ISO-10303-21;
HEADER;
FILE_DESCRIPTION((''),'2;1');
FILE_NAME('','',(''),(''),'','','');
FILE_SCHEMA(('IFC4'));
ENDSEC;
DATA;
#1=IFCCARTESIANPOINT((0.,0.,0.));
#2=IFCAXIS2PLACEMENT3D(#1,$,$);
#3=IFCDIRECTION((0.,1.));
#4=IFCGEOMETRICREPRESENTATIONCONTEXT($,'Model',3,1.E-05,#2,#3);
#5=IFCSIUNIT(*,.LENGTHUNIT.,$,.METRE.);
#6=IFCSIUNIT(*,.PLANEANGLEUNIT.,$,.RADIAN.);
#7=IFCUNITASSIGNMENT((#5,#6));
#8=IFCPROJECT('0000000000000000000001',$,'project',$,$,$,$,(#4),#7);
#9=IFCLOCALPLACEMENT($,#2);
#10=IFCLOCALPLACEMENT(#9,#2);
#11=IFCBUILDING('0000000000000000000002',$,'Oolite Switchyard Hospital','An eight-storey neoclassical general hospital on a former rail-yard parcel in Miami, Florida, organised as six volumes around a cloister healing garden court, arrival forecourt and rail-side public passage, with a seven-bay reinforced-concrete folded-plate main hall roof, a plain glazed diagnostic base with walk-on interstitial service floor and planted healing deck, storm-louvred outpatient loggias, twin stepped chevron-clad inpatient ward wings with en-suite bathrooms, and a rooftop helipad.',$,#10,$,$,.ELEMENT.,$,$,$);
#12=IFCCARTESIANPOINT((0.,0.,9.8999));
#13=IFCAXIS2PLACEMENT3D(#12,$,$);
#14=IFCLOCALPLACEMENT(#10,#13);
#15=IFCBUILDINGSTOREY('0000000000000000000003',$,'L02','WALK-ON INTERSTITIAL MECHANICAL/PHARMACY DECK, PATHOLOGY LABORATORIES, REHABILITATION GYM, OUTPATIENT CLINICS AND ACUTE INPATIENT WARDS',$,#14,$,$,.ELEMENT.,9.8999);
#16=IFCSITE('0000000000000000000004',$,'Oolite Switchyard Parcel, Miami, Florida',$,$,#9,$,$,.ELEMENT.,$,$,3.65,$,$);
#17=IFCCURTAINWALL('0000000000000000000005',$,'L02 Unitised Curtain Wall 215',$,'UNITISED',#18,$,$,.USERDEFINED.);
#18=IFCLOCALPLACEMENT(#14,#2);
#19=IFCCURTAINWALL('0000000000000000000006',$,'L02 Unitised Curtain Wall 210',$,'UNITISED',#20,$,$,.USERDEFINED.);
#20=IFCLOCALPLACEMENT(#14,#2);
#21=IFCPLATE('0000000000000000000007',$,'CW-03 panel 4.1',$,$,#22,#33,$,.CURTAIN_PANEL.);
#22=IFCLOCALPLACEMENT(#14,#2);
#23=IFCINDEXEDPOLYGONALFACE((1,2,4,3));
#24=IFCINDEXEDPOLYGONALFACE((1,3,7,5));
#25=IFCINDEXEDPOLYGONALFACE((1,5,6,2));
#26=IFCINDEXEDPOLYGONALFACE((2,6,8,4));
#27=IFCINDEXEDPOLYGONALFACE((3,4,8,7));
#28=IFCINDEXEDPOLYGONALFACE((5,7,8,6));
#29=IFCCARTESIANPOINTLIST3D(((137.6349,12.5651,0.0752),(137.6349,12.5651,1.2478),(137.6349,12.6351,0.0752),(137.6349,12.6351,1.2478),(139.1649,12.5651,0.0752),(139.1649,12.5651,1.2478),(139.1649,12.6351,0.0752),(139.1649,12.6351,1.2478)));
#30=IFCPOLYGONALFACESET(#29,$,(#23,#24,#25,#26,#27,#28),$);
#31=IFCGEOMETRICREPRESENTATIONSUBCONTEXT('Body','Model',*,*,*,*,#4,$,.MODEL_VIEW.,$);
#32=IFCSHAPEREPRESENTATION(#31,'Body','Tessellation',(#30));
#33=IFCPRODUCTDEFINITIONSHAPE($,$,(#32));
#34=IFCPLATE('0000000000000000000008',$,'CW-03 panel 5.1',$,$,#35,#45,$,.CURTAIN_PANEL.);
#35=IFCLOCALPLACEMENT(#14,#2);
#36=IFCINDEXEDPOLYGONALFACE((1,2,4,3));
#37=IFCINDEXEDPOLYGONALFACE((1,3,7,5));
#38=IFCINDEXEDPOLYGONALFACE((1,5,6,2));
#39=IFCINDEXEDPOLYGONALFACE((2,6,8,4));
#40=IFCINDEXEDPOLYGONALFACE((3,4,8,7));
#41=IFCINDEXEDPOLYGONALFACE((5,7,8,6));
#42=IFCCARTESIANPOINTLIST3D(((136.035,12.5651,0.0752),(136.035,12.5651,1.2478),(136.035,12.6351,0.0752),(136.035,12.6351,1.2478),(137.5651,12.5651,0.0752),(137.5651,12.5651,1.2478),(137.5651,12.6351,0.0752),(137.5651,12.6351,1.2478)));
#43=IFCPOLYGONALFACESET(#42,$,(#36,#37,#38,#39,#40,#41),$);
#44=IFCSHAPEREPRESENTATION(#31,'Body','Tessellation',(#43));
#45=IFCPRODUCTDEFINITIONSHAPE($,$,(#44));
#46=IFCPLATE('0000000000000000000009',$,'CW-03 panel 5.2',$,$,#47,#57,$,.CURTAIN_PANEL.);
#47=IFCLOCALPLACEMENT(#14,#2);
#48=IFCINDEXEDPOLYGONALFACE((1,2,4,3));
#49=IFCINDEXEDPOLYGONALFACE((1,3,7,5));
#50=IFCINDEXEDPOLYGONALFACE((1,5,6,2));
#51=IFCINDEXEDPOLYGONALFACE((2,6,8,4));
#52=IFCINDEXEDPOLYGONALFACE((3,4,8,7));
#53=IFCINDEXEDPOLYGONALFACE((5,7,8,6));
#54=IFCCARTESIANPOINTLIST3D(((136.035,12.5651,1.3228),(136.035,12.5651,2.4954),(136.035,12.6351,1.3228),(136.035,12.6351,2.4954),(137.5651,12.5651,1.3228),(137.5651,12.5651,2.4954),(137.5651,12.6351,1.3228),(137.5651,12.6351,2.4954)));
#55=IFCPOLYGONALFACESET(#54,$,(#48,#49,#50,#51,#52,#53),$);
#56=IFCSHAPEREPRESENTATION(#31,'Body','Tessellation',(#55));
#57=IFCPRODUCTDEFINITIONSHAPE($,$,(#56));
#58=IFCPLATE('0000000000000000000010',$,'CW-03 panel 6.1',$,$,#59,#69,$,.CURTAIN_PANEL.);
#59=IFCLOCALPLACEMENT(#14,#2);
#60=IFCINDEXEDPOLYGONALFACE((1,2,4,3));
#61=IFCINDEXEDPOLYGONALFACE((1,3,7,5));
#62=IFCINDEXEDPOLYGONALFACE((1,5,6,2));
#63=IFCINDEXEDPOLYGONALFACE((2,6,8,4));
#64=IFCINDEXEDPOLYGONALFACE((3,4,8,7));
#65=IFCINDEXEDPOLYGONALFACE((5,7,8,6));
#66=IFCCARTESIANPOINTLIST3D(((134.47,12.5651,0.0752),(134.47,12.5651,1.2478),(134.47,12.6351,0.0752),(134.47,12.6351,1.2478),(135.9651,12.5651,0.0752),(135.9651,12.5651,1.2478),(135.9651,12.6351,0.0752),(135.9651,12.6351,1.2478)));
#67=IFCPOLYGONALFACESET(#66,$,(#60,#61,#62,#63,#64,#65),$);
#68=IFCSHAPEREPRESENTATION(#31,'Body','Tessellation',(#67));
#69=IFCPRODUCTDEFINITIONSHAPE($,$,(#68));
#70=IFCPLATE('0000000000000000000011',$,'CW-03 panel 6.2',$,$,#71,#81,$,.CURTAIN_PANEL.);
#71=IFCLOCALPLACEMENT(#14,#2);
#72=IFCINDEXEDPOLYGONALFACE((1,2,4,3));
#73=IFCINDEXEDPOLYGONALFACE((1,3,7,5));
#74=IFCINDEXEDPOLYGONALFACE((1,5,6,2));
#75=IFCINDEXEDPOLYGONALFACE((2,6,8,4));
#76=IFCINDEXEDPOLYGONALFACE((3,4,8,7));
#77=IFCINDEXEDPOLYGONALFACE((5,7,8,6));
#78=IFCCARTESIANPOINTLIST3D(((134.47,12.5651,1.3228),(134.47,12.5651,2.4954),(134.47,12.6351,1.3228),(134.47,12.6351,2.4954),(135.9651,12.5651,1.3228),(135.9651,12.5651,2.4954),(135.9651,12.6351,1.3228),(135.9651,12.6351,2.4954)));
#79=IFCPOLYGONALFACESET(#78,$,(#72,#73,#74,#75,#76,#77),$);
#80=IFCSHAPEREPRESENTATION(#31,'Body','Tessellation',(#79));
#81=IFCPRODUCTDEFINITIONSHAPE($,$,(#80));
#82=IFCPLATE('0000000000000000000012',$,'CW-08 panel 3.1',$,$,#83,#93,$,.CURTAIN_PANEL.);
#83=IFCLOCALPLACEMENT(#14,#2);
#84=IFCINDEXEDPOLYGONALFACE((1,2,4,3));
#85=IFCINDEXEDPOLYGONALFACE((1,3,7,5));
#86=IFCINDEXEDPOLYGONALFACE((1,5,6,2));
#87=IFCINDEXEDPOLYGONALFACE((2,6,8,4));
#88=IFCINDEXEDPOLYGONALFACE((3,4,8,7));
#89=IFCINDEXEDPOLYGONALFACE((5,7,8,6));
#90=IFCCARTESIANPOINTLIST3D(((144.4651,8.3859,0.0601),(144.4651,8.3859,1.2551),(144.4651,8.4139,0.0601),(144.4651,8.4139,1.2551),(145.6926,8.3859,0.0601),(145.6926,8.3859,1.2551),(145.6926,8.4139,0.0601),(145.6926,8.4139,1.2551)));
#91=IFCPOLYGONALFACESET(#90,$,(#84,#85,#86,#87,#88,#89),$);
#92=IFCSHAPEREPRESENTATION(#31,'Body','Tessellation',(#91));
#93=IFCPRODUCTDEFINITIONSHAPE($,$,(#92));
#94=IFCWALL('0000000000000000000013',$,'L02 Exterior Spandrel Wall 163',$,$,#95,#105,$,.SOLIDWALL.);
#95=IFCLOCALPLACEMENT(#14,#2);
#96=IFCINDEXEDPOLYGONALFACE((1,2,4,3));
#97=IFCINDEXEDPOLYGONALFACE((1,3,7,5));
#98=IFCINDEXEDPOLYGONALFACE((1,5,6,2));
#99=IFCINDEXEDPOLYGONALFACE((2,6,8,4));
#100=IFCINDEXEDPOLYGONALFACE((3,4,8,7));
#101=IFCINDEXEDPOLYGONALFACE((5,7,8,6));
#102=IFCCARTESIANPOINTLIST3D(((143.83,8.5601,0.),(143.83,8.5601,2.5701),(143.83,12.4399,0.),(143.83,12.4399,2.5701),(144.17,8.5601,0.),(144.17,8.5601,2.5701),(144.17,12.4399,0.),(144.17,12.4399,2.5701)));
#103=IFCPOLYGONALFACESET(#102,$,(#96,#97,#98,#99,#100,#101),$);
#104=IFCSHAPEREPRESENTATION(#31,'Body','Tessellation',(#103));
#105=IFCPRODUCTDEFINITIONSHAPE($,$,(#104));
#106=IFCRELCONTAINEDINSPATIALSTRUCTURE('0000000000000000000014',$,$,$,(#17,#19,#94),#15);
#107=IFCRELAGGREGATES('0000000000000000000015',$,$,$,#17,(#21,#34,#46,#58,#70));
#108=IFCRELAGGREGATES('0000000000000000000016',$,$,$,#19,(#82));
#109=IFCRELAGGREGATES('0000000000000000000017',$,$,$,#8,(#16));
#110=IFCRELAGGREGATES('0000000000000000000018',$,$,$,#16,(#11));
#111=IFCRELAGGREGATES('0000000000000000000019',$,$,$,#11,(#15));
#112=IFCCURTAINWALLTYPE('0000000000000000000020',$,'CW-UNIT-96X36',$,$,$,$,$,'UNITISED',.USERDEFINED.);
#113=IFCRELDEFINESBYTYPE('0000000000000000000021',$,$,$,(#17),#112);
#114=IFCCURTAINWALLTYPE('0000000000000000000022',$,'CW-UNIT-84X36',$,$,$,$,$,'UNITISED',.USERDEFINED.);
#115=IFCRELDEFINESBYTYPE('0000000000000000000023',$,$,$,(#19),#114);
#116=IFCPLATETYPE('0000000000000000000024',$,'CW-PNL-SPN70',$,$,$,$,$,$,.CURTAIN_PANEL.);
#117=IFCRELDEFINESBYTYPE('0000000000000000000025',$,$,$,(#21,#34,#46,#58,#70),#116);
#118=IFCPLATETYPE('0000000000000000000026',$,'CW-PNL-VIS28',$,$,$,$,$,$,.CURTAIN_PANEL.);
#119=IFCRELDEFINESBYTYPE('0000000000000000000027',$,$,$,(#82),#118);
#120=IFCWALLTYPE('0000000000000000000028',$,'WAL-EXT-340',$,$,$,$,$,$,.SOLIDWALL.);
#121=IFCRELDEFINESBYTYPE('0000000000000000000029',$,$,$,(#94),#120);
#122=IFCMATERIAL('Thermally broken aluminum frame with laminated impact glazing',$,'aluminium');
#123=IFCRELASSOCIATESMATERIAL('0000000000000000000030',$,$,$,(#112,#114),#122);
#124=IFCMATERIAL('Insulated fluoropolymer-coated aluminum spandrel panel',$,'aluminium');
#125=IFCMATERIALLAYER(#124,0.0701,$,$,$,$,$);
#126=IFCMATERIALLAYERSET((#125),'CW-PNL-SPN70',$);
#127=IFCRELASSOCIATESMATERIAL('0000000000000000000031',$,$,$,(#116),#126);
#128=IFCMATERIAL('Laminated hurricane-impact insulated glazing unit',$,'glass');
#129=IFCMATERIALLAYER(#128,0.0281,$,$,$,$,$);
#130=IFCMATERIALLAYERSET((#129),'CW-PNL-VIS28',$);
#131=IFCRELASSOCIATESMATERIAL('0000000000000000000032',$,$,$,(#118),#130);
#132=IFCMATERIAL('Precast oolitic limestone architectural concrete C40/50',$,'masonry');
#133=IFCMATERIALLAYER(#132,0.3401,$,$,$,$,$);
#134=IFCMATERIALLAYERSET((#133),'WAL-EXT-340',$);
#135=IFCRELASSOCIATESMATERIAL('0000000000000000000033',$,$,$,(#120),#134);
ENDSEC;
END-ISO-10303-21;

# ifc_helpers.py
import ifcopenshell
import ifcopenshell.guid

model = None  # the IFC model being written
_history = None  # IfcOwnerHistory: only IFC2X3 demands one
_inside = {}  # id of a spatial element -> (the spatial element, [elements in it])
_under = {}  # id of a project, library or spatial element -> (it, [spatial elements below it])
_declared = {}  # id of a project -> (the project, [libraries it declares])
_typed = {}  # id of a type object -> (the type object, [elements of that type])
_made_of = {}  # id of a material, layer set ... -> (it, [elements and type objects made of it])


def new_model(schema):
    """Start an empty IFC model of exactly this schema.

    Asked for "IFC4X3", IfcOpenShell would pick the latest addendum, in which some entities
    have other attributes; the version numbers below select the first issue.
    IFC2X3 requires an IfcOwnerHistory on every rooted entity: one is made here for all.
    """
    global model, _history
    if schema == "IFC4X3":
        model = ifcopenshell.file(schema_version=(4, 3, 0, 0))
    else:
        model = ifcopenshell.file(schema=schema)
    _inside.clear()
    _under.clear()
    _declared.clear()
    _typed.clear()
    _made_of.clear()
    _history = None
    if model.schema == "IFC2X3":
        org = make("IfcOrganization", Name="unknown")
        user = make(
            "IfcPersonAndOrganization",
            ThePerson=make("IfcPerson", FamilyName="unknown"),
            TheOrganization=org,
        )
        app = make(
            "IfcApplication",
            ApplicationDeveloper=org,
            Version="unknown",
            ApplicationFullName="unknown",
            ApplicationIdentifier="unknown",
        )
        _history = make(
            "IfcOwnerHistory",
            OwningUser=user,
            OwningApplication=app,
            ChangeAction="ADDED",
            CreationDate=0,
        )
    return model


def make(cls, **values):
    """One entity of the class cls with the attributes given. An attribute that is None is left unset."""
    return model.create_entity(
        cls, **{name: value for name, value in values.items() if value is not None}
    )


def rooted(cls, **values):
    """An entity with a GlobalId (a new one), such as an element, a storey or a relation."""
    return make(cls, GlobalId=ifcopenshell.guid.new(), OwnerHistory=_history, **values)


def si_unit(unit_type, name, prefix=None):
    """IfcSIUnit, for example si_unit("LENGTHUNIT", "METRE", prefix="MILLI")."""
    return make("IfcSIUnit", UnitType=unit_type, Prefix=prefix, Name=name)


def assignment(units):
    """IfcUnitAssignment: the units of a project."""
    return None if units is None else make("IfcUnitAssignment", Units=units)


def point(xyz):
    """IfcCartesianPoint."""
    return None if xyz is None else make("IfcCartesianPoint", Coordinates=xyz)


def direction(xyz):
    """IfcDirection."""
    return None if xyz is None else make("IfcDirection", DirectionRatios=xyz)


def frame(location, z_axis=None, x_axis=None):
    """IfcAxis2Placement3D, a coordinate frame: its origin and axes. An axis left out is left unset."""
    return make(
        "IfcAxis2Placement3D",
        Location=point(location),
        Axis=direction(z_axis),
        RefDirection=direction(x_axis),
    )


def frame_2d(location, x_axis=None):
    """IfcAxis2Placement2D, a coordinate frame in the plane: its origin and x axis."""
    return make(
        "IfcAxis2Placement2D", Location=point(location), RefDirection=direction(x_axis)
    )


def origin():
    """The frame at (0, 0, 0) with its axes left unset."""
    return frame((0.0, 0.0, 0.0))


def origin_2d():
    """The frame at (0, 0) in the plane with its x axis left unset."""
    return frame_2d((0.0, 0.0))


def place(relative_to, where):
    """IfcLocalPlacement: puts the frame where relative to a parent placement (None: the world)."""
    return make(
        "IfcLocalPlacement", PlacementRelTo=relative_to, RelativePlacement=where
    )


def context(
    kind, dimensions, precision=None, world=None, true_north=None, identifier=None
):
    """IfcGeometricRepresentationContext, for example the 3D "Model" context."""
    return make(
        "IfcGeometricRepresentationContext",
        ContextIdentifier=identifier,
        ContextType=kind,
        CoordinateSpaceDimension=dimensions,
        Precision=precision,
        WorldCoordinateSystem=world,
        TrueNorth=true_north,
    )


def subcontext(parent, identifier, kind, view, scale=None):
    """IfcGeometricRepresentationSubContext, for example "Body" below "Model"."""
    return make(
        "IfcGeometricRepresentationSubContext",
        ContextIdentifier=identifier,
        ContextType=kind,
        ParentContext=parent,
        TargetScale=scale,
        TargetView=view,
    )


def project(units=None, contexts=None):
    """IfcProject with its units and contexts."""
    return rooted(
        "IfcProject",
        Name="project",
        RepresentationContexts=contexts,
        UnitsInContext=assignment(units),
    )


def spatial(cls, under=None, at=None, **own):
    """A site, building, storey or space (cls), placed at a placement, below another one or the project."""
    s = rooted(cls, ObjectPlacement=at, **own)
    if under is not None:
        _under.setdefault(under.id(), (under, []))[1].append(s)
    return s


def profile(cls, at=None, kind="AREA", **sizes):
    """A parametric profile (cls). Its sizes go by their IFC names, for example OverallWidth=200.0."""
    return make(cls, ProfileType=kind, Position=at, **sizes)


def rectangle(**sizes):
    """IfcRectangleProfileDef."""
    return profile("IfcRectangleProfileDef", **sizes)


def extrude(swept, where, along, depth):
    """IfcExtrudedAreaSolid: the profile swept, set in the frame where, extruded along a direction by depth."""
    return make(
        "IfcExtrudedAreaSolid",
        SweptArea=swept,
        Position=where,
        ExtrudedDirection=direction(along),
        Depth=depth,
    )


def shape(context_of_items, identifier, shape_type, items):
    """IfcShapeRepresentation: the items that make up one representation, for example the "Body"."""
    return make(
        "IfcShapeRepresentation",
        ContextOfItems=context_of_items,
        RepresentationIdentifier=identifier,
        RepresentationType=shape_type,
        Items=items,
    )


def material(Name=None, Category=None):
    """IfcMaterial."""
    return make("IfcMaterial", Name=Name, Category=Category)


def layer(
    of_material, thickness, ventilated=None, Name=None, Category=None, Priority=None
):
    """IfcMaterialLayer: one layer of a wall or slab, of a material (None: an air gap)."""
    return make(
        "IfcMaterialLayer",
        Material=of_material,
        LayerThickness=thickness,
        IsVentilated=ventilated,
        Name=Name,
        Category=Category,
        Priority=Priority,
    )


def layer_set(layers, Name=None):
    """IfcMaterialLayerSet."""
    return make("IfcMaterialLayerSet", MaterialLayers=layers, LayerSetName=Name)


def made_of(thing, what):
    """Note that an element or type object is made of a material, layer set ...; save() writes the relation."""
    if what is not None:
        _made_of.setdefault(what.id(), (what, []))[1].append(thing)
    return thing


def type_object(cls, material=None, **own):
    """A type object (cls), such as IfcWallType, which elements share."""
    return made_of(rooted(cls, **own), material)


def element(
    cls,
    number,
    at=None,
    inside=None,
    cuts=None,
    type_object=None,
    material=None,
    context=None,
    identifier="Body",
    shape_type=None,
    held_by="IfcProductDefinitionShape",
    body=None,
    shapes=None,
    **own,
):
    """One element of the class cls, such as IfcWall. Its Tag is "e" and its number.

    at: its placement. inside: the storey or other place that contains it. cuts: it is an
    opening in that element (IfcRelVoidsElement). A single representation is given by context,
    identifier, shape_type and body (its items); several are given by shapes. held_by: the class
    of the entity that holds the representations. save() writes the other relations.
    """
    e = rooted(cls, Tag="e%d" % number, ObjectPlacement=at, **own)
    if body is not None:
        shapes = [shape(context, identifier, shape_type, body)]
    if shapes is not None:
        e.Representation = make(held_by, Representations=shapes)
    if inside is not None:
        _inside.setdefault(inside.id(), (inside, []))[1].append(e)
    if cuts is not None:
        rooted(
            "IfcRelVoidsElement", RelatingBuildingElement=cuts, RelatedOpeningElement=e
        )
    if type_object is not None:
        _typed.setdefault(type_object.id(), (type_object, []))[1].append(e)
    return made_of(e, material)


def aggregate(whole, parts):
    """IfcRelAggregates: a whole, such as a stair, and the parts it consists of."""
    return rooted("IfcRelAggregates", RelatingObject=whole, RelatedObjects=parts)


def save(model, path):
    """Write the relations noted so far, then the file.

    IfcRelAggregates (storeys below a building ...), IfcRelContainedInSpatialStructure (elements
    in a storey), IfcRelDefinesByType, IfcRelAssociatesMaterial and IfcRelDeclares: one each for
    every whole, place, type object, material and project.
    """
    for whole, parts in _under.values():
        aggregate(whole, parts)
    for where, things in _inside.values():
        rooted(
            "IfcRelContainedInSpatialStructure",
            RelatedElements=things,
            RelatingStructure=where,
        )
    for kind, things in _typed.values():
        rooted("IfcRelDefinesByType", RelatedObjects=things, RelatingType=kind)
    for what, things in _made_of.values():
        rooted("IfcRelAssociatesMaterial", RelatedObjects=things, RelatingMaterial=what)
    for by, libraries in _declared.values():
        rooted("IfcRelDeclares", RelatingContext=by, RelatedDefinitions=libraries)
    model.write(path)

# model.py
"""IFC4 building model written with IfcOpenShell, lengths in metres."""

from ifc_helpers import new_model, si_unit, direction, frame, frame_2d, origin, origin_2d, place, context, subcontext, project, spatial, rectangle, extrude, material, layer, layer_set, type_object, element, aggregate, save


model = new_model("IFC4")

# Units and contexts
model_context = context("Model", 3, precision=1e-05, world=origin(), true_north=direction((0.0, 1.0)))
body_context = subcontext(model_context, "Body", "Model", "MODEL_VIEW")
ifc_project = project(units=[si_unit("LENGTHUNIT", "METRE"), si_unit("PLANEANGLEUNIT", "RADIAN")], contexts=[model_context])

# Site, building, storey
site_placement = place(None, origin())
site = spatial("IfcSite", under=ifc_project, at=site_placement, Name="Oolite Switchyard Parcel, Miami, Florida", CompositionType="ELEMENT", RefElevation=3.65)
building_placement = place(site_placement, origin())
building = spatial("IfcBuilding", under=site, at=building_placement, Name="Oolite Switchyard Hospital", Description="An eight-storey neoclassical general hospital on a former rail-yard parcel in Miami, Florida, organised as six volumes around a cloister healing garden court, arrival forecourt and rail-side public passage, with a seven-bay reinforced-concrete folded-plate main hall roof, a plain glazed diagnostic base with walk-on interstitial service floor and planted healing deck, storm-louvred outpatient loggias, twin stepped chevron-clad inpatient ward wings with en-suite bathrooms, and a rooftop helipad.", CompositionType="ELEMENT")
storey_placement = place(building_placement, frame((0.0, 0.0, 9.8999)))
storey = spatial("IfcBuildingStorey", under=building, at=storey_placement, Name="L02", Description="WALK-ON INTERSTITIAL MECHANICAL/PHARMACY DECK, PATHOLOGY LABORATORIES, REHABILITATION GYM, OUTPATIENT CLINICS AND ACUTE INPATIENT WARDS", CompositionType="ELEMENT", Elevation=9.8999)

# Curtain wall
ifc_material_1 = material(Name="Thermally broken aluminum frame with laminated impact glazing", Category="aluminium")
curtain_wall_type_1 = type_object("IfcCurtainWallType", Name="CW-UNIT-96X36", ElementType="UNITISED", PredefinedType="USERDEFINED", material=ifc_material_1)
curtain_wall_1_placement = place(storey_placement, origin())
curtain_wall_1 = element("IfcCurtainWall", 1, at=curtain_wall_1_placement, inside=storey, type_object=curtain_wall_type_1, Name="L02 Unitised Curtain Wall 215", ObjectType="UNITISED", PredefinedType="USERDEFINED")

# Curtain wall
curtain_wall_type_2 = type_object("IfcCurtainWallType", Name="CW-UNIT-84X36", ElementType="UNITISED", PredefinedType="USERDEFINED", material=ifc_material_1)
curtain_wall_2_placement = place(storey_placement, origin())
curtain_wall_2 = element("IfcCurtainWall", 2, at=curtain_wall_2_placement, inside=storey, type_object=curtain_wall_type_2, Name="L02 Unitised Curtain Wall 210", ObjectType="UNITISED", PredefinedType="USERDEFINED")

# Plates
ifc_material_2 = material(Name="Insulated fluoropolymer-coated aluminum spandrel panel", Category="aluminium")
ifc_layer_1 = layer(ifc_material_2, 0.0701)
ifc_layer_set_1 = layer_set([ifc_layer_1], Name="CW-PNL-SPN70")
plate_type_1 = type_object("IfcPlateType", Name="CW-PNL-SPN70", PredefinedType="CURTAIN_PANEL", material=ifc_layer_set_1)
plate_1_placement = place(storey_placement, frame((138.3999, 12.6001, 0.0752), z_axis=(0.0, 0.0, 1.0), x_axis=(-1.0, 0.0, 0.0)))
plate_1 = element("IfcPlate", 3, at=plate_1_placement, type_object=plate_type_1, Name="CW-03 panel 4.1", PredefinedType="CURTAIN_PANEL", context=body_context, shape_type="SweptSolid", body=[
    extrude(rectangle(XDim=1.53, YDim=0.0701, at=origin_2d()), origin(), (0.0, 0.0, 1.0), 1.1726),
])
plate_2_placement = place(storey_placement, frame((136.8, 12.6001, 0.0752), z_axis=(0.0, 0.0, 1.0), x_axis=(-1.0, 0.0, 0.0)))
plate_2 = element("IfcPlate", 4, at=plate_2_placement, type_object=plate_type_1, Name="CW-03 panel 5.1", PredefinedType="CURTAIN_PANEL", context=body_context, shape_type="SweptSolid", body=[
    extrude(rectangle(XDim=1.53, YDim=0.0701, at=origin_2d()), origin(), (0.0, 0.0, 1.0), 1.1726),
])
plate_3_placement = place(storey_placement, frame((136.8, 12.6001, 1.3228), z_axis=(0.0, 0.0, 1.0), x_axis=(-1.0, 0.0, 0.0)))
plate_3 = element("IfcPlate", 5, at=plate_3_placement, type_object=plate_type_1, Name="CW-03 panel 5.2", PredefinedType="CURTAIN_PANEL", context=body_context, shape_type="SweptSolid", body=[
    extrude(rectangle(XDim=1.53, YDim=0.0701, at=origin_2d()), origin(), (0.0, 0.0, 1.0), 1.1726),
])
plate_4_placement = place(storey_placement, frame((135.2175, 12.6001, 0.0752), z_axis=(0.0, 0.0, 1.0), x_axis=(-1.0, 0.0, 0.0)))
plate_4 = element("IfcPlate", 6, at=plate_4_placement, type_object=plate_type_1, Name="CW-03 panel 6.1", PredefinedType="CURTAIN_PANEL", context=body_context, shape_type="SweptSolid", body=[
    extrude(rectangle(XDim=1.4951, YDim=0.0701, at=origin_2d()), origin(), (0.0, 0.0, 1.0), 1.1726),
])
plate_5_placement = place(storey_placement, frame((135.2175, 12.6001, 1.3228), z_axis=(0.0, 0.0, 1.0), x_axis=(-1.0, 0.0, 0.0)))
plate_5 = element("IfcPlate", 7, at=plate_5_placement, type_object=plate_type_1, Name="CW-03 panel 6.2", PredefinedType="CURTAIN_PANEL", context=body_context, shape_type="SweptSolid", body=[
    extrude(rectangle(XDim=1.4951, YDim=0.0701, at=origin_2d()), origin(), (0.0, 0.0, 1.0), 1.1726),
])
aggregate(curtain_wall_1, [plate_1, plate_2, plate_3, plate_4, plate_5])
ifc_material_3 = material(Name="Laminated hurricane-impact insulated glazing unit", Category="glass")
ifc_layer_2 = layer(ifc_material_3, 0.0281)
ifc_layer_set_2 = layer_set([ifc_layer_2], Name="CW-PNL-VIS28")
plate_type_2 = type_object("IfcPlateType", Name="CW-PNL-VIS28", PredefinedType="CURTAIN_PANEL", material=ifc_layer_set_2)
plate_6_placement = place(storey_placement, frame((145.0789, 8.3999, 0.0601), z_axis=(0.0, 0.0, 1.0), x_axis=(-1.0, 0.0, 0.0)))
plate_6 = element("IfcPlate", 8, at=plate_6_placement, type_object=plate_type_2, Name="CW-08 panel 3.1", PredefinedType="CURTAIN_PANEL", context=body_context, shape_type="SweptSolid", body=[
    extrude(rectangle(XDim=1.2275, YDim=0.0281, at=origin_2d()), origin(), (0.0, 0.0, 1.0), 1.1951),
])
aggregate(curtain_wall_2, [plate_6])

# Wall
ifc_material_4 = material(Name="Precast oolitic limestone architectural concrete C40/50", Category="masonry")
ifc_layer_3 = layer(ifc_material_4, 0.3401)
ifc_layer_set_3 = layer_set([ifc_layer_3], Name="WAL-EXT-340")
wall_type = type_object("IfcWallType", Name="WAL-EXT-340", PredefinedType="SOLIDWALL", material=ifc_layer_set_3)
wall_placement = place(storey_placement, frame((144.0, 8.5601, 0.0), z_axis=(0.0, 0.0, 1.0), x_axis=(0.0, 1.0, 0.0)))
element("IfcWall", 9, at=wall_placement, inside=storey, type_object=wall_type, Name="L02 Exterior Spandrel Wall 163", PredefinedType="SOLIDWALL", context=body_context, shape_type="SweptSolid", body=[
    extrude(rectangle(XDim=3.8799, YDim=0.3401, at=frame_2d((1.9399, 0.0))), origin(), (0.0, 0.0, 1.0), 2.5701),
])

save(model, "model.ifc")
